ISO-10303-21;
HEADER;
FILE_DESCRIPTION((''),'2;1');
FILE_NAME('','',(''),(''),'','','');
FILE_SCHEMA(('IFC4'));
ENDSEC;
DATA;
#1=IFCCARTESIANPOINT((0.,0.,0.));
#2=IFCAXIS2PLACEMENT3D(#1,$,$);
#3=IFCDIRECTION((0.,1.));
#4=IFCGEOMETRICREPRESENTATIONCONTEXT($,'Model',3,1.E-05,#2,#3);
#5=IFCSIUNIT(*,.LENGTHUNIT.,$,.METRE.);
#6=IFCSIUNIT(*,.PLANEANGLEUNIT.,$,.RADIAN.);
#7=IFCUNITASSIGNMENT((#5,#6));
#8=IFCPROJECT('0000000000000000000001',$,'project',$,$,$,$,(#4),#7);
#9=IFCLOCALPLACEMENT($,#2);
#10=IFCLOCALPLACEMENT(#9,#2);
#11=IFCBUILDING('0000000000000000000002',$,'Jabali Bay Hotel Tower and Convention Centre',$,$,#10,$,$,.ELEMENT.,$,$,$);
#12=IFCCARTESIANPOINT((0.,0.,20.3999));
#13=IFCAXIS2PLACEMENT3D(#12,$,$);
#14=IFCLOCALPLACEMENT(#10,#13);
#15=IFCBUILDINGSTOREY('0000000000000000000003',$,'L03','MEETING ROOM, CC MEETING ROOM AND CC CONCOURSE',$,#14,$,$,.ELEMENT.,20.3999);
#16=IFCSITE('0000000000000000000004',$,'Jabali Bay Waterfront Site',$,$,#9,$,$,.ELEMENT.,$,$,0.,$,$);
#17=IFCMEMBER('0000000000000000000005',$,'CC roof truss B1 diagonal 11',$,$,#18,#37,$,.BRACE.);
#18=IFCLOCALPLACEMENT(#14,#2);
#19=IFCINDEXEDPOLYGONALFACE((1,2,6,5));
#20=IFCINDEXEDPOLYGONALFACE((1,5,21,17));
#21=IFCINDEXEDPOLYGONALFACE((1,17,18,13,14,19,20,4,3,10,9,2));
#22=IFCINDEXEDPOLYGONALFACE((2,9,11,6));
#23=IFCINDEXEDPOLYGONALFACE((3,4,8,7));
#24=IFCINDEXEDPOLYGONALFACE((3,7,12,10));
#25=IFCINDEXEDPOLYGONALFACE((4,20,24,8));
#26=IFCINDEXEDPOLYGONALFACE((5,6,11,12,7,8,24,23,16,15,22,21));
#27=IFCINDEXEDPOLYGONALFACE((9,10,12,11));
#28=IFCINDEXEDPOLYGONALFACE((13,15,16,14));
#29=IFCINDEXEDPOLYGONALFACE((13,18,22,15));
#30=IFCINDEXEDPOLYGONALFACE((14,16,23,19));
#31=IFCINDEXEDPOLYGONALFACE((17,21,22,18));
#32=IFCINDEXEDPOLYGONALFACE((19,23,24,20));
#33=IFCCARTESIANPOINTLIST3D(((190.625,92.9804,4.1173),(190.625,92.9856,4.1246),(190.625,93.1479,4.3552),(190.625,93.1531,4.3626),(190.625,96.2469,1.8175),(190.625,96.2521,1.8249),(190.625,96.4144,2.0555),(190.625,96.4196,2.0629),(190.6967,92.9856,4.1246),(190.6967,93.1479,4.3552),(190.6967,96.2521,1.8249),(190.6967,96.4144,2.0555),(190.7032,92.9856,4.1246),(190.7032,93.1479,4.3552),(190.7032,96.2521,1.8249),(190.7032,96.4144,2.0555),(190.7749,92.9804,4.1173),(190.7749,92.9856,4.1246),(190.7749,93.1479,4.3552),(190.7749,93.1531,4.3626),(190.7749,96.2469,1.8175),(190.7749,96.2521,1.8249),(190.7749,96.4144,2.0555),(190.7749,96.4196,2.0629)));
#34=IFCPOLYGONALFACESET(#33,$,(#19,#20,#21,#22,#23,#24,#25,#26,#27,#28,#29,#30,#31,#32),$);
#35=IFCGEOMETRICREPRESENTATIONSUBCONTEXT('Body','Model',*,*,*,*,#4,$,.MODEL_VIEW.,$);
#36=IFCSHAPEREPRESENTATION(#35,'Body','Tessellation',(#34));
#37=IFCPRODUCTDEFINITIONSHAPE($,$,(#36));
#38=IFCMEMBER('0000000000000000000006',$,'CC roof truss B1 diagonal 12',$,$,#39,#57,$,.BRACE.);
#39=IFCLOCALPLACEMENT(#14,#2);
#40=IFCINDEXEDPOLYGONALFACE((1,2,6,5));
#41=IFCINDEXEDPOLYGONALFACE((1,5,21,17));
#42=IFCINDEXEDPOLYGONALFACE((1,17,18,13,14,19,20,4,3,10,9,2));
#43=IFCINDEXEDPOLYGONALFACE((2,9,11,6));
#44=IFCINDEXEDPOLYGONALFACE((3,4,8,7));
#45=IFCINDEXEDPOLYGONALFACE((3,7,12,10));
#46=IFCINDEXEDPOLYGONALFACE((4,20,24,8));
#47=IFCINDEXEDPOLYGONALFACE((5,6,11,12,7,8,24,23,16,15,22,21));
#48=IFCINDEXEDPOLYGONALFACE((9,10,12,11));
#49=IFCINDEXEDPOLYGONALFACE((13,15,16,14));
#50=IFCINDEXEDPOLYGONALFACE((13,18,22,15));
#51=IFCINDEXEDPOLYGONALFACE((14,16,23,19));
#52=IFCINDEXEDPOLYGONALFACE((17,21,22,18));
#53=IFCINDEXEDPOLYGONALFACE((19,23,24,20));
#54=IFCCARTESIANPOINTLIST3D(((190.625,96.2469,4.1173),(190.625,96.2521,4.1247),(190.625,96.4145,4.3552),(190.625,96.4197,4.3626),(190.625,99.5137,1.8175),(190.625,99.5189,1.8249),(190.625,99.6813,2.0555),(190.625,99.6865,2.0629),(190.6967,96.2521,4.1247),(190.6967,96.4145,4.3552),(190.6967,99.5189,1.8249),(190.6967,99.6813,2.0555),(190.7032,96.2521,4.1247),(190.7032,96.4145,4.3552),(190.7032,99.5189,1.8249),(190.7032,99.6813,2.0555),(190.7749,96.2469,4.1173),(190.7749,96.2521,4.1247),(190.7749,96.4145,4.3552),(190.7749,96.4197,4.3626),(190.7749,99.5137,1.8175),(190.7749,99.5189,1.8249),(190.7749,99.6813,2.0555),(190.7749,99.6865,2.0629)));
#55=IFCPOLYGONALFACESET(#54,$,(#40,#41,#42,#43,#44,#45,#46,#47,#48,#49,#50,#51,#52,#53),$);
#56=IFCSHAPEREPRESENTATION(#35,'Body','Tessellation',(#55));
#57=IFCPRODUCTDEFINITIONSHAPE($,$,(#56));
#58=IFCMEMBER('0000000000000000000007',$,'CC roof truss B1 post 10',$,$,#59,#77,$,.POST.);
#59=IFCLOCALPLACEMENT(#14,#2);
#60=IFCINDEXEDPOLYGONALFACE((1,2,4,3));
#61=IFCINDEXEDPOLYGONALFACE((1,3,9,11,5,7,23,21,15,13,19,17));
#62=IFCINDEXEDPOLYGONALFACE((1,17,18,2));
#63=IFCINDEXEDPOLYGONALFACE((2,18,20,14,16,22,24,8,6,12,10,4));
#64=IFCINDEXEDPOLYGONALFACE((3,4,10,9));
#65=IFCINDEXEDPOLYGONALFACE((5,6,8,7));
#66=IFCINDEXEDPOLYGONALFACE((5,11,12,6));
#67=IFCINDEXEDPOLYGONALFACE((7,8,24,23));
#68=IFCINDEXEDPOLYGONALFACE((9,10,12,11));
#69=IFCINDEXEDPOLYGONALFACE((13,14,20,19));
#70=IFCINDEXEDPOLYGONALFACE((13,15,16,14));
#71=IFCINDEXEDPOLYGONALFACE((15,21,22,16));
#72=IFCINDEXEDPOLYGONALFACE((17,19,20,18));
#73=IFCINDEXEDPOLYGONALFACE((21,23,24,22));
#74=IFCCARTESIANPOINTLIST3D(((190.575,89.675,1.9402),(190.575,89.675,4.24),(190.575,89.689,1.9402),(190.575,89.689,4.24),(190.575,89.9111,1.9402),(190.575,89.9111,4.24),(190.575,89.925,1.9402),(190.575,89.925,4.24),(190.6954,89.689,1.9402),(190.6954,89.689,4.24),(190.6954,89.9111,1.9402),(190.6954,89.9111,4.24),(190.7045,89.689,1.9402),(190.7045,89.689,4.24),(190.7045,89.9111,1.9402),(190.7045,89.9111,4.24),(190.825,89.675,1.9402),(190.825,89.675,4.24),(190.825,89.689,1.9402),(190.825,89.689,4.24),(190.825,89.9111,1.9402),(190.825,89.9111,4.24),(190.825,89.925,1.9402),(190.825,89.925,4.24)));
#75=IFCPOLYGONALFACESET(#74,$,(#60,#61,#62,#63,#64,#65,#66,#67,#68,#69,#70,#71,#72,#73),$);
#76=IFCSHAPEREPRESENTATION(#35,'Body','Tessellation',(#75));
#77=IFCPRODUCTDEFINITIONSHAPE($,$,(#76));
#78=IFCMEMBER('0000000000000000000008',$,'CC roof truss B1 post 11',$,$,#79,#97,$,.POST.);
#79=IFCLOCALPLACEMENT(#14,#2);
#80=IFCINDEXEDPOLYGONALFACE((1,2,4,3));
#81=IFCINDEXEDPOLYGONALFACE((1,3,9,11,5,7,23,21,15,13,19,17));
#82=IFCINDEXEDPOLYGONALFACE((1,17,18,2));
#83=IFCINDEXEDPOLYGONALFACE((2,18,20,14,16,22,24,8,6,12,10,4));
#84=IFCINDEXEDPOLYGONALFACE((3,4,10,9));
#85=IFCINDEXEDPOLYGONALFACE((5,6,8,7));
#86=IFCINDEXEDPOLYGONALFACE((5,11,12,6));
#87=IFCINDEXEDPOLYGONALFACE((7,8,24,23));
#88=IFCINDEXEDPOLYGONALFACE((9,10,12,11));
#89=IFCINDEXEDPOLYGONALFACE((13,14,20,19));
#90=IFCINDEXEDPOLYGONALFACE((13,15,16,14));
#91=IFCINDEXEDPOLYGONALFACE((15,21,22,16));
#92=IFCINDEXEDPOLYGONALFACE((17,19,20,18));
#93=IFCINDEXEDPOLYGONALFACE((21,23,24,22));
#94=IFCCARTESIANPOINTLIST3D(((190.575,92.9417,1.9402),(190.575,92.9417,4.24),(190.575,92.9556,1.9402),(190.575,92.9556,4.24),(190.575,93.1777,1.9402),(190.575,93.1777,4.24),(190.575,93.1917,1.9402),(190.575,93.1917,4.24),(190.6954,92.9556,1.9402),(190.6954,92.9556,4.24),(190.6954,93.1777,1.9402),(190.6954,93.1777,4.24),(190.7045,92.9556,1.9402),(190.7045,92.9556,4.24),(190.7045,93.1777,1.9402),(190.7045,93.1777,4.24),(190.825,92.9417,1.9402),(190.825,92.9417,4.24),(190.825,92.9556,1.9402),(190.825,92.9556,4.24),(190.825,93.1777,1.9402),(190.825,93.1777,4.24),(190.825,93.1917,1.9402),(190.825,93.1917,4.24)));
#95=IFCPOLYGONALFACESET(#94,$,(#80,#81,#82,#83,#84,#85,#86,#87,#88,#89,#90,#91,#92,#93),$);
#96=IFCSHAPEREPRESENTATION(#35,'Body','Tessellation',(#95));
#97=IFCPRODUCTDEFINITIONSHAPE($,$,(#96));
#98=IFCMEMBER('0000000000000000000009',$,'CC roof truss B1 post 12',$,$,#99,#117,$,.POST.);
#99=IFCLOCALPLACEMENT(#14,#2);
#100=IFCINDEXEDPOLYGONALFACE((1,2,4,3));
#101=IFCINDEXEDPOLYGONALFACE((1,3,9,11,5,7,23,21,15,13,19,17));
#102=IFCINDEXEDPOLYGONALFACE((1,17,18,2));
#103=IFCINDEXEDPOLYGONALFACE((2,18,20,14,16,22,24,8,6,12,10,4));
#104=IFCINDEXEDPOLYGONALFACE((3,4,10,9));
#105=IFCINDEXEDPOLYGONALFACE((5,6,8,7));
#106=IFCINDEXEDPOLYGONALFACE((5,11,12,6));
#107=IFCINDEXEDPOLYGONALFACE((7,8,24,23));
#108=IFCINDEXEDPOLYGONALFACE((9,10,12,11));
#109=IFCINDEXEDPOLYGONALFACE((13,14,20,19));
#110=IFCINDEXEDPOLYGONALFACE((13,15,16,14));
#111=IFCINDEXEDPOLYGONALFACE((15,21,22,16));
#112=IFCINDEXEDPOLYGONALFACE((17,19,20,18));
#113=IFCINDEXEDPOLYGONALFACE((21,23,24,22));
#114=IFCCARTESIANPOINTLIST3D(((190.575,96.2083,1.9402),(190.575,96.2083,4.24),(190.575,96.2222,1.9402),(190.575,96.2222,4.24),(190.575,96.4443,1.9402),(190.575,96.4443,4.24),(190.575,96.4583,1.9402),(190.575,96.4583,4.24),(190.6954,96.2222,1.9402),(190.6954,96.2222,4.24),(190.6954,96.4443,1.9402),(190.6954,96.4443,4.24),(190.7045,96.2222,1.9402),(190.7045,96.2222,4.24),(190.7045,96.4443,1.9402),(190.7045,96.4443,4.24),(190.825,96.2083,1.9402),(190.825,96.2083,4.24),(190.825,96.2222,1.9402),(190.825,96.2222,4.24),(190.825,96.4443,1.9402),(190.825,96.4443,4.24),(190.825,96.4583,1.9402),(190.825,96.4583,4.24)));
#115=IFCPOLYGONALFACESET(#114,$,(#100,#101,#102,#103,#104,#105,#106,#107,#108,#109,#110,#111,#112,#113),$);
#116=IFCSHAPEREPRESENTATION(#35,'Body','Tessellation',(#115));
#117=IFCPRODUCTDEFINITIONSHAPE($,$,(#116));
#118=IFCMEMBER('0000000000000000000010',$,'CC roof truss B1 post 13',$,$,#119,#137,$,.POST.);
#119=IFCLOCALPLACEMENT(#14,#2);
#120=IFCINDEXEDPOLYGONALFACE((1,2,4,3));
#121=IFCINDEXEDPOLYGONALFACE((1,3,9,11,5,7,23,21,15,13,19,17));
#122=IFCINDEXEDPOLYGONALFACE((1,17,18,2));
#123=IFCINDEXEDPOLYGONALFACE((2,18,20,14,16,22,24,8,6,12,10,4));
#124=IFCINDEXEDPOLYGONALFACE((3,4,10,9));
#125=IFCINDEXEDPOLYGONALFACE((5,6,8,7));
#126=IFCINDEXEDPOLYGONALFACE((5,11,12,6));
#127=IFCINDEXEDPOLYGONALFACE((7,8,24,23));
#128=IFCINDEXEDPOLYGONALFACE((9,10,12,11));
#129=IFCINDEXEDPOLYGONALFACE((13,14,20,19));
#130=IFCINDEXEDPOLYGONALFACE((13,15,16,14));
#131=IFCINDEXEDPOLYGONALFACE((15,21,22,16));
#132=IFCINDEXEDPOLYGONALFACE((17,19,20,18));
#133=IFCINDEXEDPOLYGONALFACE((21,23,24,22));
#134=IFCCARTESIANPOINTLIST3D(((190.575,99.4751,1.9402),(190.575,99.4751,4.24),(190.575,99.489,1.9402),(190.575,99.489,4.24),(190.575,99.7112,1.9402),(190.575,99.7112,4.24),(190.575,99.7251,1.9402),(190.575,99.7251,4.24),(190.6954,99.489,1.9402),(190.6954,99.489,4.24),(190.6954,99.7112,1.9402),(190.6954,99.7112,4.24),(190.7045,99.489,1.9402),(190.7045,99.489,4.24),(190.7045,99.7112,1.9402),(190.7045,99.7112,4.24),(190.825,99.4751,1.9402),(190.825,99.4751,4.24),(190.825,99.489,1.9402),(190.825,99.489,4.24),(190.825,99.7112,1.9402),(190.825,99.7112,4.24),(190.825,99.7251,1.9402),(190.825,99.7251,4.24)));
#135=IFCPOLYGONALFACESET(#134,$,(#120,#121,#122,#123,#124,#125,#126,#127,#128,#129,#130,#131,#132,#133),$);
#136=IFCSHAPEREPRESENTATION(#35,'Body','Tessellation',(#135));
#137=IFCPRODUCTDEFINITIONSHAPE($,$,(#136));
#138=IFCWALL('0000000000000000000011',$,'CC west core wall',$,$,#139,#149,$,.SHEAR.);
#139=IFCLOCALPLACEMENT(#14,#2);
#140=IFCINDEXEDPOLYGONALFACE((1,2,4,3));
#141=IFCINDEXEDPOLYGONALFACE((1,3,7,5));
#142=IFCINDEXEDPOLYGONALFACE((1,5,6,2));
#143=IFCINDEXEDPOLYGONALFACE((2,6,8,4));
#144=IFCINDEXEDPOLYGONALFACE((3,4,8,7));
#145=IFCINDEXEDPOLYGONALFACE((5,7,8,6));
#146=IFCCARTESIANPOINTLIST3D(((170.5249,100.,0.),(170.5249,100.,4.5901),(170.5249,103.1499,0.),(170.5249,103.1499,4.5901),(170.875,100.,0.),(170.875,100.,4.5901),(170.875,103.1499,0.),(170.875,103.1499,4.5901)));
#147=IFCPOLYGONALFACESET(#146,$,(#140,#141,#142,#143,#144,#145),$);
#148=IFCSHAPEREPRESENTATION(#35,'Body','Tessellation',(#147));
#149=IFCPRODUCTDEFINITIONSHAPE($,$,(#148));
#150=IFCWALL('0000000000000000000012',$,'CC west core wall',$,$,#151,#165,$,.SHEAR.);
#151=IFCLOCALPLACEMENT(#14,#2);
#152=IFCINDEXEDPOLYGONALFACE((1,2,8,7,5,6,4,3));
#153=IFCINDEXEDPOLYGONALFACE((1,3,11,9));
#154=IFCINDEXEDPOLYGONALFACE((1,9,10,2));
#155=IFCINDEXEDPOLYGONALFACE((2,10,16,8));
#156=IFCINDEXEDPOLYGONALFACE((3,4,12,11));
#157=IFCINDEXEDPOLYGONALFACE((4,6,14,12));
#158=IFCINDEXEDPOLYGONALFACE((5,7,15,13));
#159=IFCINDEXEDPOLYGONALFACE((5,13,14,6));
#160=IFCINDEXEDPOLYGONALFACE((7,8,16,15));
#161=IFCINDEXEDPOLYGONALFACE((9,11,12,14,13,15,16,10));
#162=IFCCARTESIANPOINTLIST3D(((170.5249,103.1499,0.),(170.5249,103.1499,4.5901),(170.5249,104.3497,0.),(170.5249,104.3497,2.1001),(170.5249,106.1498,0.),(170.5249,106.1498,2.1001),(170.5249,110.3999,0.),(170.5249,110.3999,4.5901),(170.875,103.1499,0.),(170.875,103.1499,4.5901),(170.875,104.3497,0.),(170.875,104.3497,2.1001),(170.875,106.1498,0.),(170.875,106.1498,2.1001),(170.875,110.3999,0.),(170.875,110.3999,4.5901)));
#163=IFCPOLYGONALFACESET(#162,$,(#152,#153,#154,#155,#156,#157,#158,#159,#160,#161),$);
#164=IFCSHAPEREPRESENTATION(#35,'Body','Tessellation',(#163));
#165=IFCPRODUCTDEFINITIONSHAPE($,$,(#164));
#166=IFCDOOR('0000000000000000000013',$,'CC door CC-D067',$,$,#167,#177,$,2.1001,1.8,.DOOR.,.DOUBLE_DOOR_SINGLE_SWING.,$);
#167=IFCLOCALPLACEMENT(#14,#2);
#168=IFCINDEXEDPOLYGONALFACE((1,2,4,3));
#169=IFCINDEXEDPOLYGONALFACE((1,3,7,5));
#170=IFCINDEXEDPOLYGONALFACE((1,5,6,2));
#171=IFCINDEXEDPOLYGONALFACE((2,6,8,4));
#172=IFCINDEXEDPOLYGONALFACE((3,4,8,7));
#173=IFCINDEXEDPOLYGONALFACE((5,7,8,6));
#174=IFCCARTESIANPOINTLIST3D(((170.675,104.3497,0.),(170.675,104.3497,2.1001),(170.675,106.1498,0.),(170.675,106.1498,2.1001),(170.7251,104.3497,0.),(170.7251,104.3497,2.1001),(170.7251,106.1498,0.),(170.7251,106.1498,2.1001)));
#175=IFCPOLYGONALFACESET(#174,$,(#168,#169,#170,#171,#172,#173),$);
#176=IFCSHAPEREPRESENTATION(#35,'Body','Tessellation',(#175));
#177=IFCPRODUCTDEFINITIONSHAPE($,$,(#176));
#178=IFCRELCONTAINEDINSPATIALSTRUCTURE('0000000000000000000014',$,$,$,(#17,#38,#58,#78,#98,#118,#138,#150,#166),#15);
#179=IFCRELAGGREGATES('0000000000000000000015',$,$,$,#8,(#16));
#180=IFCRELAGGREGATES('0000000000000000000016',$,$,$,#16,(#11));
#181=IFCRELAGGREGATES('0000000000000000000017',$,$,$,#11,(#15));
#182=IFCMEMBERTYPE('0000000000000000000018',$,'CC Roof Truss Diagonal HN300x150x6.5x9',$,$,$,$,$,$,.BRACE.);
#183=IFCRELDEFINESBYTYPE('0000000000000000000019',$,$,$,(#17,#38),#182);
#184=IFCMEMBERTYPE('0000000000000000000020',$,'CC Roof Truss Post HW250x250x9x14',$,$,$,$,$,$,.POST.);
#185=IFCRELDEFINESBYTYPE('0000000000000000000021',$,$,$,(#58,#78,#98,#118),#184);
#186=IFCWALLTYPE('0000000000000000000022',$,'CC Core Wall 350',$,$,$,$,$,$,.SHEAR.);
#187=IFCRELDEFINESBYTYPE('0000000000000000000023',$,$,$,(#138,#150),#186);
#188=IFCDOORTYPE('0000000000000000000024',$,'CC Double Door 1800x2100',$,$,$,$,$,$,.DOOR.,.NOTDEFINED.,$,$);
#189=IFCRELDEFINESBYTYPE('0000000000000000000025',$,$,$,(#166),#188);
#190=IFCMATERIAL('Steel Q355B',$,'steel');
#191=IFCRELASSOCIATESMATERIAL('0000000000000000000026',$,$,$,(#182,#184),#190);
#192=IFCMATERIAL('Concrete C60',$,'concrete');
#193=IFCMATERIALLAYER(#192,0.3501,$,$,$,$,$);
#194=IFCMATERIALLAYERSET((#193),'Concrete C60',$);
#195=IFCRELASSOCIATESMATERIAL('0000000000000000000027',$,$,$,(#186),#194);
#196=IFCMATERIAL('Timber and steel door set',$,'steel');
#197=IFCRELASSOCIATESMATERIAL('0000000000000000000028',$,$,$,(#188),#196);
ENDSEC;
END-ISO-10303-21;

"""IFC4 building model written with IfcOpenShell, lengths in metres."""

from ifc_helpers import new_model, si_unit, direction, frame, frame_2d, origin, origin_2d, place, context, subcontext, project, spatial, rectangle, i_section, extrude, material, layer, layer_set, material_profile, profile_set, type_object, element, fill, save


model = new_model("IFC4")

# Units and contexts
model_context = context("Model", 3, precision=1e-05, world=origin(), true_north=direction((0.0, 1.0)))
body_context = subcontext(model_context, "Body", "Model", "MODEL_VIEW")
ifc_project = project(units=[si_unit("LENGTHUNIT", "METRE"), si_unit("PLANEANGLEUNIT", "RADIAN")], contexts=[model_context])

# Site, building, storey
site_placement = place(None, origin())
site = spatial("IfcSite", under=ifc_project, at=site_placement, Name="Jabali Bay Waterfront Site", CompositionType="ELEMENT", RefElevation=0.0)
building_placement = place(site_placement, origin())
building = spatial("IfcBuilding", under=site, at=building_placement, Name="Jabali Bay Hotel Tower and Convention Centre", CompositionType="ELEMENT")
storey_placement = place(building_placement, frame((0.0, 0.0, 20.3999)))
storey = spatial("IfcBuildingStorey", under=building, at=storey_placement, Name="L03", Description="MEETING ROOM, CC MEETING ROOM AND CC CONCOURSE", CompositionType="ELEMENT", Elevation=20.3999)

# Shared definitions
ifc_material_1 = material(Name="Concrete C60", Category="concrete")

# Members
ifc_material_2 = material(Name="Steel Q355B", Category="steel")
ifc_material_profile_1 = material_profile(ifc_material_2, i_section(OverallWidth=0.1499, OverallDepth=0.3, WebThickness=0.0066, FlangeThickness=0.009, at=origin_2d()), Name="HN300x150x6.5x9")
ifc_profile_set_1 = profile_set([ifc_material_profile_1], Name="Steel Q355B")
member_type_1 = type_object("IfcMemberType", Name="CC Roof Truss Diagonal HN300x150x6.5x9", PredefinedType="BRACE", material=ifc_profile_set_1)
for number, where, z_axis, x_axis, name in (
    (1, (190.7, 96.3333, 1.9402), (0.0, -0.817679, 0.575675), (1.0, 0.0, 0.0), "CC roof truss B1 diagonal 11"),
):
    element("IfcMember", number, at=place(storey_placement, frame(where, z_axis=z_axis, x_axis=x_axis)), inside=storey, type_object=member_type_1, Name=name, PredefinedType="BRACE", context=body_context, shape_type="SweptSolid", body=[
        extrude(i_section(OverallWidth=0.1499, OverallDepth=0.3, WebThickness=0.0066, FlangeThickness=0.009, at=origin_2d()), origin(), (0.0, 0.0, 1.0), 3.9949),
    ])
member_placement = place(storey_placement, frame((190.7, 99.6001, 1.9402), z_axis=(0.0, -0.817699, 0.575646), x_axis=(1.0, 0.0, 0.0)))
element("IfcMember", 2, at=member_placement, inside=storey, type_object=member_type_1, Name="CC roof truss B1 diagonal 12", PredefinedType="BRACE", context=body_context, shape_type="SweptSolid", body=[
    extrude(i_section(OverallWidth=0.1499, OverallDepth=0.3, WebThickness=0.0066, FlangeThickness=0.009, at=origin_2d()), origin(), (0.0, 0.0, 1.0), 3.9951),
])
ifc_material_profile_2 = material_profile(ifc_material_2, i_section(OverallWidth=0.25, OverallDepth=0.25, WebThickness=0.009, FlangeThickness=0.0139, at=origin_2d()), Name="HW250x250x9x14")
ifc_profile_set_2 = profile_set([ifc_material_profile_2], Name="Steel Q355B")
member_type_2 = type_object("IfcMemberType", Name="CC Roof Truss Post HW250x250x9x14", PredefinedType="POST", material=ifc_profile_set_2)
for number, where, z_axis, x_axis, name in (
    (3, (190.7, 89.8, 1.9402), (0.0, 0.0, 1.0), (1.0, 0.0, 0.0), "CC roof truss B1 post 10"),
    (4, (190.7, 93.0667, 1.9402), (0.0, 0.0, 1.0), (1.0, 0.0, 0.0), "CC roof truss B1 post 11"),
    (5, (190.7, 96.3333, 1.9402), (0.0, 0.0, 1.0), (1.0, 0.0, 0.0), "CC roof truss B1 post 12"),
    (6, (190.7, 99.6001, 1.9402), (0.0, 0.0, 1.0), (1.0, 0.0, 0.0), "CC roof truss B1 post 13"),
):
    element("IfcMember", number, at=place(storey_placement, frame(where, z_axis=z_axis, x_axis=x_axis)), inside=storey, type_object=member_type_2, Name=name, PredefinedType="POST", context=body_context, shape_type="SweptSolid", body=[
        extrude(i_section(OverallWidth=0.25, OverallDepth=0.25, WebThickness=0.009, FlangeThickness=0.0139, at=origin_2d()), origin(), (0.0, 0.0, 1.0), 2.2998),
    ])

# Wall
ifc_layer_1 = layer(ifc_material_1, 0.3501)
ifc_layer_set_1 = layer_set([ifc_layer_1], Name="Concrete C60")
wall_type_1 = type_object("IfcWallType", Name="CC Core Wall 350", PredefinedType="SHEAR", material=ifc_layer_set_1)
wall_1_placement = place(storey_placement, frame((170.7, 100.0, 0.0), z_axis=(0.0, 0.0, 1.0), x_axis=(0.0, 1.0, 0.0)))
element("IfcWall", 7, at=wall_1_placement, inside=storey, type_object=wall_type_1, Name="CC west core wall", PredefinedType="SHEAR", context=body_context, shape_type="SweptSolid", body=[
    extrude(rectangle(XDim=3.1499, YDim=0.3501, at=frame_2d((1.575, 0.0))), origin(), (0.0, 0.0, 1.0), 4.5901),
])

# Wall, opening, door
wall_2_placement = place(storey_placement, frame((170.7, 103.1499, 0.0), z_axis=(0.0, 0.0, 1.0), x_axis=(0.0, 1.0, 0.0)))
wall_2 = element("IfcWall", 8, at=wall_2_placement, inside=storey, type_object=wall_type_1, Name="CC west core wall", PredefinedType="SHEAR", context=body_context, shape_type="SweptSolid", body=[
    extrude(rectangle(XDim=7.25, YDim=0.3501, at=frame_2d((3.625, 0.0))), origin(), (0.0, 0.0, 1.0), 4.5901),
])
opening_1_placement = place(wall_2_placement, frame((1.2, 0.0, 0.0)))
opening_1 = element("IfcOpeningElement", 9, at=opening_1_placement, cuts=wall_2, PredefinedType="OPENING", context=body_context, shape_type="SweptSolid", body=[
    extrude(rectangle(XDim=1.8, YDim=2.1001, at=frame_2d((0.8999, 1.05))), frame((0.0, 0.1855, 0.0), z_axis=(0.0, -1.0, 0.0), x_axis=(1.0, 0.0, 0.0)), (0.0, 0.0, 1.0), 0.3711),
])
ifc_material_3 = material(Name="Timber and steel door set", Category="steel")
door_type_1 = type_object("IfcDoorType", Name="CC Double Door 1800x2100", OperationType="NOTDEFINED", PredefinedType="DOOR", material=ifc_material_3)
door_1_placement = place(opening_1_placement, origin())
door_1 = element("IfcDoor", 10, at=door_1_placement, inside=storey, type_object=door_type_1, Name="CC door CC-D067", OperationType="DOUBLE_DOOR_SINGLE_SWING", OverallHeight=2.1001, OverallWidth=1.8, PredefinedType="DOOR", context=body_context, shape_type="SweptSolid", body=[
    extrude(rectangle(XDim=1.8, YDim=2.1001, at=frame_2d((0.8999, 1.05))), frame((0.0, 0.0249, 0.0), z_axis=(0.0, -1.0, 0.0), x_axis=(1.0, 0.0, 0.0)), (0.0, 0.0, 1.0), 0.05),
])
fill(opening_1, door_1)

save(model, "model.ifc")
